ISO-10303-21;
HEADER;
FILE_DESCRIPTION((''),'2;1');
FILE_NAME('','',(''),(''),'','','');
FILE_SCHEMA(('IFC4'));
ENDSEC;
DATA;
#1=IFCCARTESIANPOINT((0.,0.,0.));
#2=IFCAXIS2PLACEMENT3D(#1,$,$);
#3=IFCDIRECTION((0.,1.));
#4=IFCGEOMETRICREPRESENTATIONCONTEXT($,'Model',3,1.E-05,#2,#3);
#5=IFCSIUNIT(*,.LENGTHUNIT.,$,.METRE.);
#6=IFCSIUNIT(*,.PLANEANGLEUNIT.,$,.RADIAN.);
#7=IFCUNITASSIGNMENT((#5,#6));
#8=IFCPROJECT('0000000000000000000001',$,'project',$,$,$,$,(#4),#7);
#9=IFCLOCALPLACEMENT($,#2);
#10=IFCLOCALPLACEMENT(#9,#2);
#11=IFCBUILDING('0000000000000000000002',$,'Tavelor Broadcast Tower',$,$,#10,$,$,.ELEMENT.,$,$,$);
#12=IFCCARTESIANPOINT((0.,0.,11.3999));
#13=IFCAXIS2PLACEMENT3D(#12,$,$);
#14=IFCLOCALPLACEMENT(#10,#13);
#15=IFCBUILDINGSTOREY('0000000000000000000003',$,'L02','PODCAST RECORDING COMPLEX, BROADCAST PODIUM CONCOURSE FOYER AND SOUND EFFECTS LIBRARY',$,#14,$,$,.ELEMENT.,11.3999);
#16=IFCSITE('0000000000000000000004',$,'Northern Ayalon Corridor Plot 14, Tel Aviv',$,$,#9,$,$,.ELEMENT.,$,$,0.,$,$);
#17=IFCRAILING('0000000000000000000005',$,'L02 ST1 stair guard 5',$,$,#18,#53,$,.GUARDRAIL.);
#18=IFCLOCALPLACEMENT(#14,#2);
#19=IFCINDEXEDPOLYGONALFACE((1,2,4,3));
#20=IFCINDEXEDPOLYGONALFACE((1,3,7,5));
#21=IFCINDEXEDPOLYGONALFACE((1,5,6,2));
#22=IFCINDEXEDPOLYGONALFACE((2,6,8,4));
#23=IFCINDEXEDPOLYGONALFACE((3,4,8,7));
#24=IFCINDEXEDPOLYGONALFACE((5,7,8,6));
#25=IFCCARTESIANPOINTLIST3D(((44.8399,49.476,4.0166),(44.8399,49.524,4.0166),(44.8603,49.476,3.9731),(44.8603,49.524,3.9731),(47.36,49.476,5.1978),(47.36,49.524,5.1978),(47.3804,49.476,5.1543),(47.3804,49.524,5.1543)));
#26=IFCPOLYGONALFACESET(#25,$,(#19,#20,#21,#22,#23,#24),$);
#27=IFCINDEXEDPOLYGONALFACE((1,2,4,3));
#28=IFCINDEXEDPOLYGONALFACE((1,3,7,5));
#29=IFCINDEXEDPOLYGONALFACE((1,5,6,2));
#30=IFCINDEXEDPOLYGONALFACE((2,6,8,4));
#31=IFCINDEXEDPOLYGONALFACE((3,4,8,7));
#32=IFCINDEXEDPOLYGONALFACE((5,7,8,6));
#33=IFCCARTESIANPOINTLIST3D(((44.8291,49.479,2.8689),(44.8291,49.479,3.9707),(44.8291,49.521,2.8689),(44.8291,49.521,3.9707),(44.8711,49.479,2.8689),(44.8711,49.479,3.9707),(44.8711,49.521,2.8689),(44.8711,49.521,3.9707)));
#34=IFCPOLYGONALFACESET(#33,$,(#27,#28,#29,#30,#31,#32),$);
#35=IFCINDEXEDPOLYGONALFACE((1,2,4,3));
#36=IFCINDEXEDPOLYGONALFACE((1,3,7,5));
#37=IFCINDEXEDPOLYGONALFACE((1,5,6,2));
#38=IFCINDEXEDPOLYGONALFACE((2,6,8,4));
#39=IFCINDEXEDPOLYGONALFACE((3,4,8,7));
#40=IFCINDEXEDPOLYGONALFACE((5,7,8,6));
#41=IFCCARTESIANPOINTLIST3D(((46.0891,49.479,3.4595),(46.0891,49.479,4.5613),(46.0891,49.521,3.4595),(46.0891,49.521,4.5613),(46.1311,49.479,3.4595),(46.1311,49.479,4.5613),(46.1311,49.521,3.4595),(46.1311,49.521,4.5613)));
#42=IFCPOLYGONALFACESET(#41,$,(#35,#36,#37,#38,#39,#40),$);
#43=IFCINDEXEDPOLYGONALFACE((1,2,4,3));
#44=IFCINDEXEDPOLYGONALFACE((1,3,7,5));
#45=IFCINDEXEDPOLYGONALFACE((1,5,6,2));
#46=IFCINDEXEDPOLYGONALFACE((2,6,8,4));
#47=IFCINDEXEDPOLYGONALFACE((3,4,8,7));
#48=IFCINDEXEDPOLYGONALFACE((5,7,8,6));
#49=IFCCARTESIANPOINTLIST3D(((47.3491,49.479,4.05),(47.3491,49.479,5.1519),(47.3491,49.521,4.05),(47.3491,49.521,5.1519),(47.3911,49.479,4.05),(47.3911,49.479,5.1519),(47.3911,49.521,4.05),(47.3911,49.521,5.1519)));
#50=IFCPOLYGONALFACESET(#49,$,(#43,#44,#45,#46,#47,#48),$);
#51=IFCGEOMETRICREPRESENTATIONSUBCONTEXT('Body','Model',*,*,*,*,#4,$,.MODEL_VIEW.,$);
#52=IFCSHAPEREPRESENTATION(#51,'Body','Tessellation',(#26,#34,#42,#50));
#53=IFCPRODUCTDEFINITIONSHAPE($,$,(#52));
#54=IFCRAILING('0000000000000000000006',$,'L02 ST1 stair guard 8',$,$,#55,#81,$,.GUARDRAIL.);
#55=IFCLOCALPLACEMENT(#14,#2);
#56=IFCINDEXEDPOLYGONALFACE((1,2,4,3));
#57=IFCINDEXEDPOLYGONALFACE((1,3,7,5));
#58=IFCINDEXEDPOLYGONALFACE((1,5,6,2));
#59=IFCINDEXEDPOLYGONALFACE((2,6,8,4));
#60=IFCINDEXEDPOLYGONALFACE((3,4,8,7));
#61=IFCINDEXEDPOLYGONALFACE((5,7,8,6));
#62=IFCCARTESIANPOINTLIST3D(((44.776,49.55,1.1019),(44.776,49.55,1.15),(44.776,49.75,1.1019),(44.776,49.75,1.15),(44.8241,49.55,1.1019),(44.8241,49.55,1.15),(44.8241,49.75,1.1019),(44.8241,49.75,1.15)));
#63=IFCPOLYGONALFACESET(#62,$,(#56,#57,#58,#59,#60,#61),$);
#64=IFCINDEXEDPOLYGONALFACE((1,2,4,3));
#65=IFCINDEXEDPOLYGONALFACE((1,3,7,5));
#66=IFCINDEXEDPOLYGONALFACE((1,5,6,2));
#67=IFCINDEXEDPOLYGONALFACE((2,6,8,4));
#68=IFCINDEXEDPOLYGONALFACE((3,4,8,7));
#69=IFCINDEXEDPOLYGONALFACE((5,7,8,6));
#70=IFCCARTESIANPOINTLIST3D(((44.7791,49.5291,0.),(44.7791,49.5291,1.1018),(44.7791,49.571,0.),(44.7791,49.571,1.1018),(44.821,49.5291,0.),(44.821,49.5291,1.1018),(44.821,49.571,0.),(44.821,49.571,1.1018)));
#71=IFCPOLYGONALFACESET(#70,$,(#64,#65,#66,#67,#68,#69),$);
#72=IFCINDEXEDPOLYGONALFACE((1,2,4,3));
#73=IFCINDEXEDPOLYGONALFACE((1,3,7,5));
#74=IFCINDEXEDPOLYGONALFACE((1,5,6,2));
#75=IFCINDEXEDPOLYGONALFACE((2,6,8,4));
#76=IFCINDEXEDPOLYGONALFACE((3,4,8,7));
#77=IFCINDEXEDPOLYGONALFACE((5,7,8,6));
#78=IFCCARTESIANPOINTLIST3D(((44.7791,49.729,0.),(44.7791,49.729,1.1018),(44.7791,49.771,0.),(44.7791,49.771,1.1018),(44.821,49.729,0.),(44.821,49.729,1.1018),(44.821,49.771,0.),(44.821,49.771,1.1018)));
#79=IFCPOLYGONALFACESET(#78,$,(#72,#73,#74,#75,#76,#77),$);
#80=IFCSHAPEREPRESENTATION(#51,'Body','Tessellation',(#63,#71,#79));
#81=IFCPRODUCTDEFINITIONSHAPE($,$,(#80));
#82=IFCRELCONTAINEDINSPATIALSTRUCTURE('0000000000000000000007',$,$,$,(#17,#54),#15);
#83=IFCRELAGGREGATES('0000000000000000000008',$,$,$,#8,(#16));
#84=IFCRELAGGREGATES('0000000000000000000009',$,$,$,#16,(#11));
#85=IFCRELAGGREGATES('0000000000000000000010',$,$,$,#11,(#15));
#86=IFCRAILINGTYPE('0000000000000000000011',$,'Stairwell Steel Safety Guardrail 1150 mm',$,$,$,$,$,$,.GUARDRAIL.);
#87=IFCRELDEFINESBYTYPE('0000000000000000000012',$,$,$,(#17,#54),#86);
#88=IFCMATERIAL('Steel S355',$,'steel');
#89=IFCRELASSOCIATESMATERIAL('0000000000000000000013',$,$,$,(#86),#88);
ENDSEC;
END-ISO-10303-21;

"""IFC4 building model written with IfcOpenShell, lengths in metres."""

from ifc_helpers import new_model, si_unit, direction, frame, origin, origin_2d, place, context, subcontext, project, spatial, rectangle, extrude, material, type_object, element, save


model = new_model("IFC4")

# Units and contexts
model_context = context("Model", 3, precision=1e-05, world=origin(), true_north=direction((0.0, 1.0)))
body_context = subcontext(model_context, "Body", "Model", "MODEL_VIEW")
ifc_project = project(units=[si_unit("LENGTHUNIT", "METRE"), si_unit("PLANEANGLEUNIT", "RADIAN")], contexts=[model_context])

# Site, building, storey
site_placement = place(None, origin())
site = spatial("IfcSite", under=ifc_project, at=site_placement, Name="Northern Ayalon Corridor Plot 14, Tel Aviv", CompositionType="ELEMENT", RefElevation=0.0)
building_placement = place(site_placement, origin())
building = spatial("IfcBuilding", under=site, at=building_placement, Name="Tavelor Broadcast Tower", CompositionType="ELEMENT")
storey_placement = place(building_placement, frame((0.0, 0.0, 11.3999)))
storey = spatial("IfcBuildingStorey", under=building, at=storey_placement, Name="L02", Description="PODCAST RECORDING COMPLEX, BROADCAST PODIUM CONCOURSE FOYER AND SOUND EFFECTS LIBRARY", CompositionType="ELEMENT", Elevation=11.3999)

# Shared definitions
ifc_material_1 = material(Name="Steel S355", Category="steel")

# Railings
railing_type_1 = type_object("IfcRailingType", Name="Stairwell Steel Safety Guardrail 1150 mm", PredefinedType="GUARDRAIL", material=ifc_material_1)
railing_1_placement = place(storey_placement, frame((44.8501, 49.5, 2.8689)))
element("IfcRailing", 1, at=railing_1_placement, inside=storey, type_object=railing_type_1, Name="L02 ST1 stair guard 5", PredefinedType="GUARDRAIL", context=body_context, shape_type="SweptSolid", body=[
    extrude(rectangle(XDim=0.0481, YDim=0.0481, at=origin_2d()), frame((0.0, 0.0, 1.126), z_axis=(0.905474, 0.0, 0.424402), x_axis=(0.0, 1.0, 0.0)), (0.0, 0.0, 1.0), 2.7832),
    extrude(rectangle(XDim=0.042, YDim=0.042, at=origin_2d()), origin(), (0.0, 0.0, 1.0), 1.1018),
    extrude(rectangle(XDim=0.042, YDim=0.042, at=origin_2d()), frame((1.26, 0.0, 0.5906)), (0.0, 0.0, 1.0), 1.1018),
    extrude(rectangle(XDim=0.042, YDim=0.042, at=origin_2d()), frame((2.52, 0.0, 1.1812)), (0.0, 0.0, 1.0), 1.1018),
])
railing_2_placement = place(storey_placement, frame((44.8, 49.55, 0.0)))
element("IfcRailing", 2, at=railing_2_placement, inside=storey, type_object=railing_type_1, Name="L02 ST1 stair guard 8", PredefinedType="GUARDRAIL", context=body_context, shape_type="SweptSolid", body=[
    extrude(rectangle(XDim=0.0481, YDim=0.0481, at=origin_2d()), frame((0.0, 0.0, 1.126), z_axis=(0.0, 1.0, 0.0), x_axis=(-1.0, 0.0, 0.0)), (0.0, 0.0, 1.0), 0.2),
    extrude(rectangle(XDim=0.042, YDim=0.042, at=origin_2d()), origin(), (0.0, 0.0, 1.0), 1.1018),
    extrude(rectangle(XDim=0.042, YDim=0.042, at=origin_2d()), frame((0.0, 0.2, 0.0)), (0.0, 0.0, 1.0), 1.1018),
])

save(model, "model.ifc")
